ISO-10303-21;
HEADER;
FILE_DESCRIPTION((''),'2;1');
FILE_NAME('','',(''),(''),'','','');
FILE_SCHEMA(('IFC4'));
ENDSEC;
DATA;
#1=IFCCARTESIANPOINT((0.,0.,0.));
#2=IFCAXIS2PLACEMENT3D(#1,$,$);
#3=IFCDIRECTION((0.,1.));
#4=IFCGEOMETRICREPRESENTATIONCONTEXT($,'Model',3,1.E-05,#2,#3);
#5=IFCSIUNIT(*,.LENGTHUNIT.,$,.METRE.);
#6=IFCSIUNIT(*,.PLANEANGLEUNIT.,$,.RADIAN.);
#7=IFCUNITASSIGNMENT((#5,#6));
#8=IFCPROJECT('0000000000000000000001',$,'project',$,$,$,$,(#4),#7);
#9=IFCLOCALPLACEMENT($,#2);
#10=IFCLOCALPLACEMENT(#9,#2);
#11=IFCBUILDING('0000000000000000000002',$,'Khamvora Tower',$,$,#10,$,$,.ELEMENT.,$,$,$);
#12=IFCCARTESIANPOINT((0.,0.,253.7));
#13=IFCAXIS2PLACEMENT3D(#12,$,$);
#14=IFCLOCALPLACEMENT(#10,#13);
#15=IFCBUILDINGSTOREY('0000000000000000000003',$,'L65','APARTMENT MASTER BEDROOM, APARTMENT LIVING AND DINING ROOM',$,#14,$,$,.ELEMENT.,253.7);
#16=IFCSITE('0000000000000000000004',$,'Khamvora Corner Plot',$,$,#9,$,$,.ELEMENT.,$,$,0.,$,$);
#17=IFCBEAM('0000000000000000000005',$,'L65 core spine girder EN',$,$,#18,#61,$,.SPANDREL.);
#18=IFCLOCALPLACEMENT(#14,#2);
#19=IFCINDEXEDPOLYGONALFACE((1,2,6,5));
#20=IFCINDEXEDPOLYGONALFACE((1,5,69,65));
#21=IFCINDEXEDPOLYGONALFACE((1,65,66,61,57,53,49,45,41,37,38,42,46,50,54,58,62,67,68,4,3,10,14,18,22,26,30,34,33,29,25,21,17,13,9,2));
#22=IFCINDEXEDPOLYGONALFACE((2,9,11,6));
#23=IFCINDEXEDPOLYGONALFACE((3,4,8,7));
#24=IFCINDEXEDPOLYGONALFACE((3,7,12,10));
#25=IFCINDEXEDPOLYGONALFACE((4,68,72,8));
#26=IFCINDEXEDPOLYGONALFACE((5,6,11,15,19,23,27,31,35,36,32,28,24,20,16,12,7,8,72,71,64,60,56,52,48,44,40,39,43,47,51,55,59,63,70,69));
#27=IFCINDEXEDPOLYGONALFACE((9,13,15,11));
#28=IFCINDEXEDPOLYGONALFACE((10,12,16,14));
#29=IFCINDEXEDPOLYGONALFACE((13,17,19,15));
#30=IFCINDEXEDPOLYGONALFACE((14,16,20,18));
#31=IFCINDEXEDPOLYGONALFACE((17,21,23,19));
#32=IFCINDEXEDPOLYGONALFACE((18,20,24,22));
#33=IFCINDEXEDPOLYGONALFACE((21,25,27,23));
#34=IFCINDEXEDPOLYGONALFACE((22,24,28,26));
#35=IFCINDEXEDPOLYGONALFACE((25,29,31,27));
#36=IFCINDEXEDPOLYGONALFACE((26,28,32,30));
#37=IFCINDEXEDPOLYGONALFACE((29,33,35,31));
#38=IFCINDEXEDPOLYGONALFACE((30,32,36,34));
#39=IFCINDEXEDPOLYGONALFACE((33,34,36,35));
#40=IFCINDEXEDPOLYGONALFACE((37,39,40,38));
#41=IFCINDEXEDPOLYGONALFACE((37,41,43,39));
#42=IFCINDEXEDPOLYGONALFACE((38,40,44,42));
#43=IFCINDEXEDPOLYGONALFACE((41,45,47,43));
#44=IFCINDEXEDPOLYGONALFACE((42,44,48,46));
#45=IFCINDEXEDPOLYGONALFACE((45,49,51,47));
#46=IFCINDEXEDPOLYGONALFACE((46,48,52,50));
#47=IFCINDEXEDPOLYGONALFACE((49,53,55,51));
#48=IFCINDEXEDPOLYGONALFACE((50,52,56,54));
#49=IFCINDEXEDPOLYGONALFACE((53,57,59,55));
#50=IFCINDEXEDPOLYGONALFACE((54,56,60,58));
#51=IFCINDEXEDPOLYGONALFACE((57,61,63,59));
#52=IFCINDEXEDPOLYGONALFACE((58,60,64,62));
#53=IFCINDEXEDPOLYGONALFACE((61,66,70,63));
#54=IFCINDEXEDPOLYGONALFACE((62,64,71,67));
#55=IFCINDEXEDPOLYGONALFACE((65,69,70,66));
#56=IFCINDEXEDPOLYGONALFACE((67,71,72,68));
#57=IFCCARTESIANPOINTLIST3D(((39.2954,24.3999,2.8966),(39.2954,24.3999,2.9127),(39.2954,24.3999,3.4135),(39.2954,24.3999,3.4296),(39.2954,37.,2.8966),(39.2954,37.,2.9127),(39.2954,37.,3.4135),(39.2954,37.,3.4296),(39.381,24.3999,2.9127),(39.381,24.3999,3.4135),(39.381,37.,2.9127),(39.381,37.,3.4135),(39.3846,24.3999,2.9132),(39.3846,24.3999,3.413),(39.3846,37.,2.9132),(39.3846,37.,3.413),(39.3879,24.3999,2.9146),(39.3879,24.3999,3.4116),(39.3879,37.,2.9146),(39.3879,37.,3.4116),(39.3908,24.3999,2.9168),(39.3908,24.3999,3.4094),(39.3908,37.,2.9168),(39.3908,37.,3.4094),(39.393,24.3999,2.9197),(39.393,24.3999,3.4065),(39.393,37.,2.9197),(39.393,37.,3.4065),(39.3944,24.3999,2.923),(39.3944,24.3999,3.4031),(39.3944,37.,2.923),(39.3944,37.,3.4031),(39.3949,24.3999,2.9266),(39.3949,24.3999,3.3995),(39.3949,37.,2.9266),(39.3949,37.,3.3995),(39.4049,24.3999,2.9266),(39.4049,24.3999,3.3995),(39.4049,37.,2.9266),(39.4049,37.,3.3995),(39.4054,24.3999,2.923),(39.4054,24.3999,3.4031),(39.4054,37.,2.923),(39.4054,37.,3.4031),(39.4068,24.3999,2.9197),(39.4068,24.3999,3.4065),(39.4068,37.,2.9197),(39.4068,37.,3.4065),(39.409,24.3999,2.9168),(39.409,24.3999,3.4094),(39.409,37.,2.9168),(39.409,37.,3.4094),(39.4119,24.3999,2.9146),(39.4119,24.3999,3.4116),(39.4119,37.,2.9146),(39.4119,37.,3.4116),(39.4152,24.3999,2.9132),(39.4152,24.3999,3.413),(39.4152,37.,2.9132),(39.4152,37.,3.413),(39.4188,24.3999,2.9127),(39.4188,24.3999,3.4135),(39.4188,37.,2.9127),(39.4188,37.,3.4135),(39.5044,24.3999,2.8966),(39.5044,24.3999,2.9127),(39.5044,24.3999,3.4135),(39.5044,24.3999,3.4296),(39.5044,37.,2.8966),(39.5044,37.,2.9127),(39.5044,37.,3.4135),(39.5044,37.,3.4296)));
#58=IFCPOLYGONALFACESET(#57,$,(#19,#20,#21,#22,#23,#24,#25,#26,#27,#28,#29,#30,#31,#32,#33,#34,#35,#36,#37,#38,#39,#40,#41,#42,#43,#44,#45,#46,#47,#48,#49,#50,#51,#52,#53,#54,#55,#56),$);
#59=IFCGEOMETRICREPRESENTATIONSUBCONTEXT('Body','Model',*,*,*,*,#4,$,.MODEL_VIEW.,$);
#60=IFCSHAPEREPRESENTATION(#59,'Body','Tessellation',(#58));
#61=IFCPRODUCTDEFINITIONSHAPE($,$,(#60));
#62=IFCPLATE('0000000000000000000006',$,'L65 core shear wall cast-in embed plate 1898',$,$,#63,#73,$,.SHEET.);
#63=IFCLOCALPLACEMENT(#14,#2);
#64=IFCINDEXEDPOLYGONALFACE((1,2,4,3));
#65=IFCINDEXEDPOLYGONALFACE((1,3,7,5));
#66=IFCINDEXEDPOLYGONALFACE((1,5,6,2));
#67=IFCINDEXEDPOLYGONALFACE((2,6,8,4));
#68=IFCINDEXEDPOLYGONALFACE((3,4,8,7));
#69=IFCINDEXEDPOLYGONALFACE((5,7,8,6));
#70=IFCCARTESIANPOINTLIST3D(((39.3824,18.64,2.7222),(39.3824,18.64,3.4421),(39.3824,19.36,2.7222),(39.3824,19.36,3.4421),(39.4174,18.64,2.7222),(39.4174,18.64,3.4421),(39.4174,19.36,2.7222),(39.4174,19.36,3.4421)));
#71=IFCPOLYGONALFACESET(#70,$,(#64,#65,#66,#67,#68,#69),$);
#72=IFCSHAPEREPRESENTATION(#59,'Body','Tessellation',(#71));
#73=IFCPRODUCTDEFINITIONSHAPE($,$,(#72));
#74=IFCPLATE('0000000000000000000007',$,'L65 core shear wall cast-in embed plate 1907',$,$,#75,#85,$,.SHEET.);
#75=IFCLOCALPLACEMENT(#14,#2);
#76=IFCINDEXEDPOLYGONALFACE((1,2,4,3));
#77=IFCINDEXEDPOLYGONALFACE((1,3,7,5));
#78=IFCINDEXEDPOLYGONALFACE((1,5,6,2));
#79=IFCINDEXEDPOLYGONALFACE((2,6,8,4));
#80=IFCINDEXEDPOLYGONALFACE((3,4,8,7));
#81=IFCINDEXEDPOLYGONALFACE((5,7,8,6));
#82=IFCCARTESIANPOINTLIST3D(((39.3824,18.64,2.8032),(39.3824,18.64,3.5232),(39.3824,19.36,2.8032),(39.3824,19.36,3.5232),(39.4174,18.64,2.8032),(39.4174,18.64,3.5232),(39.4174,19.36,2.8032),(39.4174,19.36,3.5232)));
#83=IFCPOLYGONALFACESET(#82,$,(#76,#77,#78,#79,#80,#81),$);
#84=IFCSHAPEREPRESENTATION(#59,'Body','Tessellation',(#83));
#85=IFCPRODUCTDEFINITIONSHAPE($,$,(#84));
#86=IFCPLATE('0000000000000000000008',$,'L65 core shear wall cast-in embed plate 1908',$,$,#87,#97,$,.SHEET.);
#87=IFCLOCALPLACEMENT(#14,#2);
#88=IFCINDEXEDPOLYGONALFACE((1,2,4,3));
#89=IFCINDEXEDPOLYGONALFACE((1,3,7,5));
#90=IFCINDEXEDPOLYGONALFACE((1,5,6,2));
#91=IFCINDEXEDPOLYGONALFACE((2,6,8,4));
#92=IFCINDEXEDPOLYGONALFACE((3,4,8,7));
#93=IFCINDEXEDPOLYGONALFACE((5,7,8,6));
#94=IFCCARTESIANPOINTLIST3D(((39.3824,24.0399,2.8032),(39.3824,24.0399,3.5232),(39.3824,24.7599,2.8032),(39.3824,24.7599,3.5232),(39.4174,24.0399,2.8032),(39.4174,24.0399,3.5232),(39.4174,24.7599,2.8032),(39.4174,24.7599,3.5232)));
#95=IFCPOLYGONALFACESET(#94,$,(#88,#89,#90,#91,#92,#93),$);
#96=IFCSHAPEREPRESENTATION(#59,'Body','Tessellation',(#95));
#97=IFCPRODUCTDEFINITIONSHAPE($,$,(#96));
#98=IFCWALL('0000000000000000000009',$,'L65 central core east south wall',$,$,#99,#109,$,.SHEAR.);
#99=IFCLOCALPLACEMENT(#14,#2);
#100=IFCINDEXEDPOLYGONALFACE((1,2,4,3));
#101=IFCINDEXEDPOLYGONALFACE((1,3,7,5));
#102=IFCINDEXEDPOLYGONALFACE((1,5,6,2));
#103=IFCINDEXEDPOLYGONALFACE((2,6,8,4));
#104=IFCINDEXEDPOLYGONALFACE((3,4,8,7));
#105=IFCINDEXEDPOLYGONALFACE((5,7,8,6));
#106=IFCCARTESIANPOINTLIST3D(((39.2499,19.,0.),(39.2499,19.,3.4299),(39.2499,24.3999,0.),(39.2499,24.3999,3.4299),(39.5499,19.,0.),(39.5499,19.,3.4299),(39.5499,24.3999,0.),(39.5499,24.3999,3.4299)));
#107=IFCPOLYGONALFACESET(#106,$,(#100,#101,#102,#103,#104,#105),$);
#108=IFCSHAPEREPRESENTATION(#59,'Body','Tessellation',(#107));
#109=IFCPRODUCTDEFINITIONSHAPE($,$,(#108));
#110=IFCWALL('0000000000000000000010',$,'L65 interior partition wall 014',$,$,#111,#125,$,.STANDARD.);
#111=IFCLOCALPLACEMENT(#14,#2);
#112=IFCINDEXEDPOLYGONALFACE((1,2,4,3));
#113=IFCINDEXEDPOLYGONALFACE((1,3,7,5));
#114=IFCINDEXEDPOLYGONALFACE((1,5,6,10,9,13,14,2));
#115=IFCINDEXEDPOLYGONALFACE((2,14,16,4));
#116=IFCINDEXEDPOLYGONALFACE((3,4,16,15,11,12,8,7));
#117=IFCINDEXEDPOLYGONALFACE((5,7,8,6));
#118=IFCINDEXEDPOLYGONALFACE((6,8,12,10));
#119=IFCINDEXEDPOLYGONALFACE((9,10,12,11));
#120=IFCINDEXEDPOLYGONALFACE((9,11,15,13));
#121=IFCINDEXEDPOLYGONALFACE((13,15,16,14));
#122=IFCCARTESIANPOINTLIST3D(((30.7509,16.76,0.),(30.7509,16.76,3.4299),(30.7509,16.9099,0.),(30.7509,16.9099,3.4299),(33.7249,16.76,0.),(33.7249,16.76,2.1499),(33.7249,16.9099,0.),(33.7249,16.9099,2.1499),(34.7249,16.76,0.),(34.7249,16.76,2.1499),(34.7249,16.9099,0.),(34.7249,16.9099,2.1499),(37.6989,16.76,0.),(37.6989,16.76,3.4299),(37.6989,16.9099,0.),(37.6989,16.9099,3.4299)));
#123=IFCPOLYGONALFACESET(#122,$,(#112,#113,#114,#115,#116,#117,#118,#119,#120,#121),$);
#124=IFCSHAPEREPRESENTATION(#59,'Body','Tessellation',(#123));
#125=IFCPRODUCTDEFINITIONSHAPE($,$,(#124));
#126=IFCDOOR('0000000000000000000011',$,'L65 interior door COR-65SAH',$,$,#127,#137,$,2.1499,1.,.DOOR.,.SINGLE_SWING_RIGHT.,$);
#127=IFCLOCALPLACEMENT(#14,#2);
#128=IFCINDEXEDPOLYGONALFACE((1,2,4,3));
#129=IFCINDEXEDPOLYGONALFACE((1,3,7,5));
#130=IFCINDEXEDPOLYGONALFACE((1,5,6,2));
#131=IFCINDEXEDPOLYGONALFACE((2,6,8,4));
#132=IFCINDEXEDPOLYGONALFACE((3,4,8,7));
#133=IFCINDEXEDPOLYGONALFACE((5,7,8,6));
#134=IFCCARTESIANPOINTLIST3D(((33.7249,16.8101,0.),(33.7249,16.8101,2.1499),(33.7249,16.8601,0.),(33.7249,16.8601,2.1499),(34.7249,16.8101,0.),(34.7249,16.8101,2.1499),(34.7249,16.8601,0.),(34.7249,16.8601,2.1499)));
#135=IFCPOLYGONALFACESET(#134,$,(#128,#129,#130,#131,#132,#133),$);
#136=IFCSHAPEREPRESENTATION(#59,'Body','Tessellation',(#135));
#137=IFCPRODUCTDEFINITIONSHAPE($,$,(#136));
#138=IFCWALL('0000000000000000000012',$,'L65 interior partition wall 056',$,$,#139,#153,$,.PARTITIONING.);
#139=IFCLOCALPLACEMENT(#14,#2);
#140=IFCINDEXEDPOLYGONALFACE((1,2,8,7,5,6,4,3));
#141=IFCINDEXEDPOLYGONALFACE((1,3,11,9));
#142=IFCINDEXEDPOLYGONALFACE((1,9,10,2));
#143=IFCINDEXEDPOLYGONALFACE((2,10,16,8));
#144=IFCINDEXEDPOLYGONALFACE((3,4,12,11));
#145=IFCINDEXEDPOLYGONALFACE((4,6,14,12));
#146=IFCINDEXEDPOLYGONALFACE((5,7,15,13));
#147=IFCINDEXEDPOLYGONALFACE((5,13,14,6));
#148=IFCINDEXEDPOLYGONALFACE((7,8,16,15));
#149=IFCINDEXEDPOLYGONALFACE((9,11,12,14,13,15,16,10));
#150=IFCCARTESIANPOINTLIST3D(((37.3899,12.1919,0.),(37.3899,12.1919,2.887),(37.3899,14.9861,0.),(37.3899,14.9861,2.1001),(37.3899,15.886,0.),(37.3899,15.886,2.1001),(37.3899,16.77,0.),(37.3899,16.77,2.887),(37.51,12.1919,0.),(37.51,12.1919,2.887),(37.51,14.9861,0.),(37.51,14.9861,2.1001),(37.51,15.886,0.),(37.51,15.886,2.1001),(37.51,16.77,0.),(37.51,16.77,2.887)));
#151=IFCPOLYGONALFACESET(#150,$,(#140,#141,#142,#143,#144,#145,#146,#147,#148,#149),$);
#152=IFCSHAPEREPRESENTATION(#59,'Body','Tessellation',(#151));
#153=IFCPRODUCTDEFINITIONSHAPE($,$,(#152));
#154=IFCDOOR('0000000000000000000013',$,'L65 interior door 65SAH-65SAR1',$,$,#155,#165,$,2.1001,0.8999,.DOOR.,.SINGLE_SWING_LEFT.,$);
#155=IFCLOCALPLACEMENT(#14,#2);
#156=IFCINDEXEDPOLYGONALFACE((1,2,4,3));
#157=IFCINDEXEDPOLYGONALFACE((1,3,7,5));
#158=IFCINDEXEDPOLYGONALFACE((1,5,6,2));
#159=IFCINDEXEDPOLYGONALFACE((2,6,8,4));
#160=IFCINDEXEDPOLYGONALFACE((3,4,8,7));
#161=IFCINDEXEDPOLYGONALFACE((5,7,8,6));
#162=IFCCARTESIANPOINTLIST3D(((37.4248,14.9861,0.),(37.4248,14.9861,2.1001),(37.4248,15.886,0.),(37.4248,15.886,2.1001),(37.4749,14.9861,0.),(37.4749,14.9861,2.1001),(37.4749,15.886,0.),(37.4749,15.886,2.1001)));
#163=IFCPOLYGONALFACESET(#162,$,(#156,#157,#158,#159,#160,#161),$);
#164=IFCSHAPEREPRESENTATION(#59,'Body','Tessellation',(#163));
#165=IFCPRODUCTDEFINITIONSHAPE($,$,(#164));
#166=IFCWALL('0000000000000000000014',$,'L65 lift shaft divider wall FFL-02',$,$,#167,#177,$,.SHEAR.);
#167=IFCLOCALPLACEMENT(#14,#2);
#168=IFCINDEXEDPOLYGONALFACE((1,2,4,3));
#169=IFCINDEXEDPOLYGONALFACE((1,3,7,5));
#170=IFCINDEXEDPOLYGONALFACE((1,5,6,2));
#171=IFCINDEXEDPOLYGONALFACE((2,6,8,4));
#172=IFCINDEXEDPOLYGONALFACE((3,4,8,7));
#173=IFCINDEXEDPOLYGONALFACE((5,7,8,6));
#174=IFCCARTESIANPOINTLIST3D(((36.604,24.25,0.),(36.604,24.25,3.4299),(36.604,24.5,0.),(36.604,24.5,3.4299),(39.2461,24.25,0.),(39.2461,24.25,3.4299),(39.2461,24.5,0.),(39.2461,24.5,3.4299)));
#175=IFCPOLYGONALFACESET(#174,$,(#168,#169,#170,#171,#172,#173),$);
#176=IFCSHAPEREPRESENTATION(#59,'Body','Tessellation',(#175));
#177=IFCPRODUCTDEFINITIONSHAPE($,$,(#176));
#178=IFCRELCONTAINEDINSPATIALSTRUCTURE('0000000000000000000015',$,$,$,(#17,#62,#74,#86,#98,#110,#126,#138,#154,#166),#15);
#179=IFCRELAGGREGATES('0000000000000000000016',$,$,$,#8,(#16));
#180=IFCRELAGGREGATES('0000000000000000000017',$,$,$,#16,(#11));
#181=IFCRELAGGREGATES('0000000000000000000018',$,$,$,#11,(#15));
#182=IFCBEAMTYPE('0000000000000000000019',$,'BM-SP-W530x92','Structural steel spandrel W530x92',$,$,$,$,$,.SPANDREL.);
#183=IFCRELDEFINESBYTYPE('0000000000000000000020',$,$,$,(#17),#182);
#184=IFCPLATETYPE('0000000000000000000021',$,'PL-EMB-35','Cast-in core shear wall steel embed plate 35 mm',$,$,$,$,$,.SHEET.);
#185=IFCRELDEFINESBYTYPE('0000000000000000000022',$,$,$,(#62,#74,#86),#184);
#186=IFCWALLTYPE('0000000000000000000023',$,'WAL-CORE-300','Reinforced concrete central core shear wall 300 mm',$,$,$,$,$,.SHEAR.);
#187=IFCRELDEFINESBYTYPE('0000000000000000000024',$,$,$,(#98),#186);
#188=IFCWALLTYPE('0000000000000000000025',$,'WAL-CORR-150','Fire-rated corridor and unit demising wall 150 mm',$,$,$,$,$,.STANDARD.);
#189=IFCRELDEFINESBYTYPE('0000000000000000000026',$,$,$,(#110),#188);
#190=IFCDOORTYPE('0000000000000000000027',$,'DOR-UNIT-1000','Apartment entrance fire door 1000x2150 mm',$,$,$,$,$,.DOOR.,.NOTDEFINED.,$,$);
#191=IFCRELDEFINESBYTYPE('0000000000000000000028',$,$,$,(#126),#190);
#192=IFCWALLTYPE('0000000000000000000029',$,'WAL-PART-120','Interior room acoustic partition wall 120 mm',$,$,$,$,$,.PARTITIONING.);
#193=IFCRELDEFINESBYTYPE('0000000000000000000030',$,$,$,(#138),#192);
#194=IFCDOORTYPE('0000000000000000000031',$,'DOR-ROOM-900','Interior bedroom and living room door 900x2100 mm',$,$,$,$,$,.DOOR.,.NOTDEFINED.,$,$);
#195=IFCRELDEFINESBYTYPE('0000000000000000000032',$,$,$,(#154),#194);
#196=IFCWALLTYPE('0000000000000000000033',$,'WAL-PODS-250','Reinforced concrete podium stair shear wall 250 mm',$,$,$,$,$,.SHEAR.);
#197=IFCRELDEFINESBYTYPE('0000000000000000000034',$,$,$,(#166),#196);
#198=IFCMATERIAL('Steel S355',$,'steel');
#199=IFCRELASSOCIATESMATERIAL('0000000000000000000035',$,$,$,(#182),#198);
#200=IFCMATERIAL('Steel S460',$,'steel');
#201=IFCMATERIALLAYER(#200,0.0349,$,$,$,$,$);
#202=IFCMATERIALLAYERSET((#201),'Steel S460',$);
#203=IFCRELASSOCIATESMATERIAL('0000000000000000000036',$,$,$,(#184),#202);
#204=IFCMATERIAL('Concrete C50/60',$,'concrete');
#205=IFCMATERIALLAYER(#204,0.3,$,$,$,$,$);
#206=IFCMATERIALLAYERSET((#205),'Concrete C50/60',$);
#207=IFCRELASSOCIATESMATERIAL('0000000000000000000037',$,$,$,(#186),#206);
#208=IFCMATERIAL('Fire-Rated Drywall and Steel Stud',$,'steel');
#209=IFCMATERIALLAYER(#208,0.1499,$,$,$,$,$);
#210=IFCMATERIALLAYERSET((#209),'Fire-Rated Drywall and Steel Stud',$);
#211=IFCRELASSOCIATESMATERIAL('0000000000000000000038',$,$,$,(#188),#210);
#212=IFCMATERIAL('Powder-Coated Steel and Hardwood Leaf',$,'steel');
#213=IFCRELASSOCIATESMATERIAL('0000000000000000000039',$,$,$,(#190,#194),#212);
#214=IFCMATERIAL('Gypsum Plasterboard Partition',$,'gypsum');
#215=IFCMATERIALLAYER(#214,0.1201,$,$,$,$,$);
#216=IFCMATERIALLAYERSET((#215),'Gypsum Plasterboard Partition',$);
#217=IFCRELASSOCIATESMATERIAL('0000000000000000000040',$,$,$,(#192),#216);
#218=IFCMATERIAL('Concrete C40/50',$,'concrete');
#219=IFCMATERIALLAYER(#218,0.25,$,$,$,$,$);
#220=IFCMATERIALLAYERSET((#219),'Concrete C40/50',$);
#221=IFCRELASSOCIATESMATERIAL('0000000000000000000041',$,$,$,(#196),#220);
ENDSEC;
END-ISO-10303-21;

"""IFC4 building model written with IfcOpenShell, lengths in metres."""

from ifc_helpers import new_model, si_unit, direction, frame, frame_2d, origin, origin_2d, place, context, subcontext, project, spatial, rectangle, i_section, extrude, material, layer, layer_set, material_profile, profile_set, type_object, element, fill, save


model = new_model("IFC4")

# Units and contexts
model_context = context("Model", 3, precision=1e-05, world=origin(), true_north=direction((0.0, 1.0)))
body_context = subcontext(model_context, "Body", "Model", "MODEL_VIEW")
ifc_project = project(units=[si_unit("LENGTHUNIT", "METRE"), si_unit("PLANEANGLEUNIT", "RADIAN")], contexts=[model_context])

# Site, building, storey
site_placement = place(None, origin())
site = spatial("IfcSite", under=ifc_project, at=site_placement, Name="Khamvora Corner Plot", CompositionType="ELEMENT", RefElevation=0.0)
building_placement = place(site_placement, origin())
building = spatial("IfcBuilding", under=site, at=building_placement, Name="Khamvora Tower", CompositionType="ELEMENT")
storey_placement = place(building_placement, frame((0.0, 0.0, 253.7)))
storey = spatial("IfcBuildingStorey", under=building, at=storey_placement, Name="L65", Description="APARTMENT MASTER BEDROOM, APARTMENT LIVING AND DINING ROOM", CompositionType="ELEMENT", Elevation=253.7)

# Shared definitions
ifc_material_1 = material(Name="Steel S355", Category="steel")

# Beam
ifc_material_profile_1 = material_profile(ifc_material_1, i_section(OverallWidth=0.209, OverallDepth=0.533, WebThickness=0.01, FlangeThickness=0.0161, FilletRadius=0.0139, at=origin_2d()), Name="W530x92")
ifc_profile_set_1 = profile_set([ifc_material_profile_1], Name="Steel S355")
beam_type_1 = type_object("IfcBeamType", Name="BM-SP-W530x92", Description="Structural steel spandrel W530x92", PredefinedType="SPANDREL", material=ifc_profile_set_1)
beam_1_placement = place(storey_placement, frame((39.3999, 24.3999, 3.1631), z_axis=(0.0, 1.0, 0.0), x_axis=(-1.0, 0.0, 0.0)))
element("IfcBeam", 1, at=beam_1_placement, inside=storey, type_object=beam_type_1, Name="L65 core spine girder EN", PredefinedType="SPANDREL", context=body_context, shape_type="SweptSolid", body=[
    extrude(i_section(OverallWidth=0.209, OverallDepth=0.533, WebThickness=0.01, FlangeThickness=0.0161, FilletRadius=0.0139, at=origin_2d()), origin(), (0.0, 0.0, 1.0), 12.6001),
])

# Plates
ifc_material_2 = material(Name="Steel S460", Category="steel")
ifc_layer_1 = layer(ifc_material_2, 0.0349)
ifc_layer_set_1 = layer_set([ifc_layer_1], Name="Steel S460")
plate_type = type_object("IfcPlateType", Name="PL-EMB-35", Description="Cast-in core shear wall steel embed plate 35 mm", PredefinedType="SHEET", material=ifc_layer_set_1)
for number, where, z_axis, x_axis, name in (
    (2, (39.3999, 19.0, 2.7222), (0.0, 0.0, 1.0), (1.0, 0.0, 0.0), "L65 core shear wall cast-in embed plate 1898"),
    (3, (39.3999, 19.0, 2.8032), (0.0, 0.0, 1.0), (1.0, 0.0, 0.0), "L65 core shear wall cast-in embed plate 1907"),
    (4, (39.3999, 24.3999, 2.8032), (0.0, 0.0, 1.0), (1.0, 0.0, 0.0), "L65 core shear wall cast-in embed plate 1908"),
):
    element("IfcPlate", number, at=place(storey_placement, frame(where, z_axis=z_axis, x_axis=x_axis)), inside=storey, type_object=plate_type, Name=name, PredefinedType="SHEET", context=body_context, shape_type="SweptSolid", body=[
        extrude(rectangle(XDim=0.0349, YDim=0.72, at=origin_2d()), origin(), (0.0, 0.0, 1.0), 0.72),
    ])

# Wall
ifc_material_3 = material(Name="Concrete C50/60", Category="concrete")
ifc_layer_2 = layer(ifc_material_3, 0.3)
ifc_layer_set_2 = layer_set([ifc_layer_2], Name="Concrete C50/60")
wall_type_1 = type_object("IfcWallType", Name="WAL-CORE-300", Description="Reinforced concrete central core shear wall 300 mm", PredefinedType="SHEAR", material=ifc_layer_set_2)
wall_1_placement = place(storey_placement, frame((39.3999, 19.0, 0.0), z_axis=(0.0, 0.0, 1.0), x_axis=(0.0, 1.0, 0.0)))
element("IfcWall", 5, at=wall_1_placement, inside=storey, type_object=wall_type_1, Name="L65 central core east south wall", PredefinedType="SHEAR", context=body_context, shape_type="SweptSolid", body=[
    extrude(rectangle(XDim=5.3999, YDim=0.3, at=frame_2d((2.7, 0.0))), origin(), (0.0, 0.0, 1.0), 3.4299),
])

# Walls, openings, doors
ifc_material_4 = material(Name="Fire-Rated Drywall and Steel Stud", Category="steel")
ifc_layer_3 = layer(ifc_material_4, 0.1499)
ifc_layer_set_3 = layer_set([ifc_layer_3], Name="Fire-Rated Drywall and Steel Stud")
wall_type_2 = type_object("IfcWallType", Name="WAL-CORR-150", Description="Fire-rated corridor and unit demising wall 150 mm", PredefinedType="STANDARD", material=ifc_layer_set_3)
wall_2_placement = place(storey_placement, frame((37.699, 16.835, 0.0), z_axis=(0.0, 0.0, 1.0), x_axis=(-1.0, 0.0, 0.0)))
wall_2 = element("IfcWall", 6, at=wall_2_placement, inside=storey, type_object=wall_type_2, Name="L65 interior partition wall 014", PredefinedType="STANDARD", context=body_context, shape_type="SweptSolid", body=[
    extrude(rectangle(XDim=6.948, YDim=0.1499, at=frame_2d((3.4741, 0.0))), origin(), (0.0, 0.0, 1.0), 3.4299),
])
opening_1_placement = place(wall_2_placement, frame((2.9741, 0.0, 0.0)))
opening_1 = element("IfcOpeningElement", 7, at=opening_1_placement, cuts=wall_2, PredefinedType="OPENING", context=body_context, shape_type="SweptSolid", body=[
    extrude(rectangle(XDim=1.0, YDim=2.1499, at=frame_2d((0.5, 1.075))), frame((0.0, 0.085, 0.0), z_axis=(0.0, -1.0, 0.0), x_axis=(1.0, 0.0, 0.0)), (0.0, 0.0, 1.0), 0.1699),
])
ifc_material_5 = material(Name="Powder-Coated Steel and Hardwood Leaf", Category="steel")
door_type_1 = type_object("IfcDoorType", Name="DOR-UNIT-1000", Description="Apartment entrance fire door 1000x2150 mm", OperationType="NOTDEFINED", PredefinedType="DOOR", material=ifc_material_5)
door_1_placement = place(opening_1_placement, origin())
door_1 = element("IfcDoor", 8, at=door_1_placement, inside=storey, type_object=door_type_1, Name="L65 interior door COR-65SAH", OperationType="SINGLE_SWING_RIGHT", OverallHeight=2.1499, OverallWidth=1.0, PredefinedType="DOOR", context=body_context, shape_type="SweptSolid", body=[
    extrude(rectangle(XDim=1.0, YDim=2.1499, at=frame_2d((0.5, 1.075))), frame((0.0, 0.0249, 0.0), z_axis=(0.0, -1.0, 0.0), x_axis=(1.0, 0.0, 0.0)), (0.0, 0.0, 1.0), 0.05),
])
fill(opening_1, door_1)
ifc_material_6 = material(Name="Gypsum Plasterboard Partition", Category="gypsum")
ifc_layer_4 = layer(ifc_material_6, 0.1201)
ifc_layer_set_4 = layer_set([ifc_layer_4], Name="Gypsum Plasterboard Partition")
wall_type_3 = type_object("IfcWallType", Name="WAL-PART-120", Description="Interior room acoustic partition wall 120 mm", PredefinedType="PARTITIONING", material=ifc_layer_set_4)
wall_3_placement = place(storey_placement, frame((37.45, 16.77, 0.0), z_axis=(0.0, 0.0, 1.0), x_axis=(0.0, -1.0, 0.0)))
wall_3 = element("IfcWall", 9, at=wall_3_placement, inside=storey, type_object=wall_type_3, Name="L65 interior partition wall 056", PredefinedType="PARTITIONING", context=body_context, shape_type="SweptSolid", body=[
    extrude(rectangle(XDim=4.5781, YDim=0.1201, at=frame_2d((2.2891, 0.0))), origin(), (0.0, 0.0, 1.0), 2.887),
])
opening_2_placement = place(wall_3_placement, frame((0.884, 0.0, 0.0)))
opening_2 = element("IfcOpeningElement", 10, at=opening_2_placement, cuts=wall_3, PredefinedType="OPENING", context=body_context, shape_type="SweptSolid", body=[
    extrude(rectangle(XDim=0.8999, YDim=2.1001, at=frame_2d((0.45, 1.05))), frame((0.0, 0.0701, 0.0), z_axis=(0.0, -1.0, 0.0), x_axis=(1.0, 0.0, 0.0)), (0.0, 0.0, 1.0), 0.1401),
])
door_type_2 = type_object("IfcDoorType", Name="DOR-ROOM-900", Description="Interior bedroom and living room door 900x2100 mm", OperationType="NOTDEFINED", PredefinedType="DOOR", material=ifc_material_5)
door_2_placement = place(opening_2_placement, origin())
door_2 = element("IfcDoor", 11, at=door_2_placement, inside=storey, type_object=door_type_2, Name="L65 interior door 65SAH-65SAR1", OperationType="SINGLE_SWING_LEFT", OverallHeight=2.1001, OverallWidth=0.8999, PredefinedType="DOOR", context=body_context, shape_type="SweptSolid", body=[
    extrude(rectangle(XDim=0.8999, YDim=2.1001, at=frame_2d((0.45, 1.05))), frame((0.0, 0.0249, 0.0), z_axis=(0.0, -1.0, 0.0), x_axis=(1.0, 0.0, 0.0)), (0.0, 0.0, 1.0), 0.05),
])
fill(opening_2, door_2)

# Wall
ifc_material_7 = material(Name="Concrete C40/50", Category="concrete")
ifc_layer_5 = layer(ifc_material_7, 0.25)
ifc_layer_set_5 = layer_set([ifc_layer_5], Name="Concrete C40/50")
wall_type_4 = type_object("IfcWallType", Name="WAL-PODS-250", Description="Reinforced concrete podium stair shear wall 250 mm", PredefinedType="SHEAR", material=ifc_layer_set_5)
wall_4_placement = place(storey_placement, frame((36.604, 24.375, 0.0), z_axis=(0.0, 0.0, 1.0), x_axis=(1.0, 0.0, 0.0)))
element("IfcWall", 12, at=wall_4_placement, inside=storey, type_object=wall_type_4, Name="L65 lift shaft divider wall FFL-02", PredefinedType="SHEAR", context=body_context, shape_type="SweptSolid", body=[
    extrude(rectangle(XDim=2.6421, YDim=0.25, at=frame_2d((1.321, 0.0))), origin(), (0.0, 0.0, 1.0), 3.4299),
])

save(model, "model.ifc")
